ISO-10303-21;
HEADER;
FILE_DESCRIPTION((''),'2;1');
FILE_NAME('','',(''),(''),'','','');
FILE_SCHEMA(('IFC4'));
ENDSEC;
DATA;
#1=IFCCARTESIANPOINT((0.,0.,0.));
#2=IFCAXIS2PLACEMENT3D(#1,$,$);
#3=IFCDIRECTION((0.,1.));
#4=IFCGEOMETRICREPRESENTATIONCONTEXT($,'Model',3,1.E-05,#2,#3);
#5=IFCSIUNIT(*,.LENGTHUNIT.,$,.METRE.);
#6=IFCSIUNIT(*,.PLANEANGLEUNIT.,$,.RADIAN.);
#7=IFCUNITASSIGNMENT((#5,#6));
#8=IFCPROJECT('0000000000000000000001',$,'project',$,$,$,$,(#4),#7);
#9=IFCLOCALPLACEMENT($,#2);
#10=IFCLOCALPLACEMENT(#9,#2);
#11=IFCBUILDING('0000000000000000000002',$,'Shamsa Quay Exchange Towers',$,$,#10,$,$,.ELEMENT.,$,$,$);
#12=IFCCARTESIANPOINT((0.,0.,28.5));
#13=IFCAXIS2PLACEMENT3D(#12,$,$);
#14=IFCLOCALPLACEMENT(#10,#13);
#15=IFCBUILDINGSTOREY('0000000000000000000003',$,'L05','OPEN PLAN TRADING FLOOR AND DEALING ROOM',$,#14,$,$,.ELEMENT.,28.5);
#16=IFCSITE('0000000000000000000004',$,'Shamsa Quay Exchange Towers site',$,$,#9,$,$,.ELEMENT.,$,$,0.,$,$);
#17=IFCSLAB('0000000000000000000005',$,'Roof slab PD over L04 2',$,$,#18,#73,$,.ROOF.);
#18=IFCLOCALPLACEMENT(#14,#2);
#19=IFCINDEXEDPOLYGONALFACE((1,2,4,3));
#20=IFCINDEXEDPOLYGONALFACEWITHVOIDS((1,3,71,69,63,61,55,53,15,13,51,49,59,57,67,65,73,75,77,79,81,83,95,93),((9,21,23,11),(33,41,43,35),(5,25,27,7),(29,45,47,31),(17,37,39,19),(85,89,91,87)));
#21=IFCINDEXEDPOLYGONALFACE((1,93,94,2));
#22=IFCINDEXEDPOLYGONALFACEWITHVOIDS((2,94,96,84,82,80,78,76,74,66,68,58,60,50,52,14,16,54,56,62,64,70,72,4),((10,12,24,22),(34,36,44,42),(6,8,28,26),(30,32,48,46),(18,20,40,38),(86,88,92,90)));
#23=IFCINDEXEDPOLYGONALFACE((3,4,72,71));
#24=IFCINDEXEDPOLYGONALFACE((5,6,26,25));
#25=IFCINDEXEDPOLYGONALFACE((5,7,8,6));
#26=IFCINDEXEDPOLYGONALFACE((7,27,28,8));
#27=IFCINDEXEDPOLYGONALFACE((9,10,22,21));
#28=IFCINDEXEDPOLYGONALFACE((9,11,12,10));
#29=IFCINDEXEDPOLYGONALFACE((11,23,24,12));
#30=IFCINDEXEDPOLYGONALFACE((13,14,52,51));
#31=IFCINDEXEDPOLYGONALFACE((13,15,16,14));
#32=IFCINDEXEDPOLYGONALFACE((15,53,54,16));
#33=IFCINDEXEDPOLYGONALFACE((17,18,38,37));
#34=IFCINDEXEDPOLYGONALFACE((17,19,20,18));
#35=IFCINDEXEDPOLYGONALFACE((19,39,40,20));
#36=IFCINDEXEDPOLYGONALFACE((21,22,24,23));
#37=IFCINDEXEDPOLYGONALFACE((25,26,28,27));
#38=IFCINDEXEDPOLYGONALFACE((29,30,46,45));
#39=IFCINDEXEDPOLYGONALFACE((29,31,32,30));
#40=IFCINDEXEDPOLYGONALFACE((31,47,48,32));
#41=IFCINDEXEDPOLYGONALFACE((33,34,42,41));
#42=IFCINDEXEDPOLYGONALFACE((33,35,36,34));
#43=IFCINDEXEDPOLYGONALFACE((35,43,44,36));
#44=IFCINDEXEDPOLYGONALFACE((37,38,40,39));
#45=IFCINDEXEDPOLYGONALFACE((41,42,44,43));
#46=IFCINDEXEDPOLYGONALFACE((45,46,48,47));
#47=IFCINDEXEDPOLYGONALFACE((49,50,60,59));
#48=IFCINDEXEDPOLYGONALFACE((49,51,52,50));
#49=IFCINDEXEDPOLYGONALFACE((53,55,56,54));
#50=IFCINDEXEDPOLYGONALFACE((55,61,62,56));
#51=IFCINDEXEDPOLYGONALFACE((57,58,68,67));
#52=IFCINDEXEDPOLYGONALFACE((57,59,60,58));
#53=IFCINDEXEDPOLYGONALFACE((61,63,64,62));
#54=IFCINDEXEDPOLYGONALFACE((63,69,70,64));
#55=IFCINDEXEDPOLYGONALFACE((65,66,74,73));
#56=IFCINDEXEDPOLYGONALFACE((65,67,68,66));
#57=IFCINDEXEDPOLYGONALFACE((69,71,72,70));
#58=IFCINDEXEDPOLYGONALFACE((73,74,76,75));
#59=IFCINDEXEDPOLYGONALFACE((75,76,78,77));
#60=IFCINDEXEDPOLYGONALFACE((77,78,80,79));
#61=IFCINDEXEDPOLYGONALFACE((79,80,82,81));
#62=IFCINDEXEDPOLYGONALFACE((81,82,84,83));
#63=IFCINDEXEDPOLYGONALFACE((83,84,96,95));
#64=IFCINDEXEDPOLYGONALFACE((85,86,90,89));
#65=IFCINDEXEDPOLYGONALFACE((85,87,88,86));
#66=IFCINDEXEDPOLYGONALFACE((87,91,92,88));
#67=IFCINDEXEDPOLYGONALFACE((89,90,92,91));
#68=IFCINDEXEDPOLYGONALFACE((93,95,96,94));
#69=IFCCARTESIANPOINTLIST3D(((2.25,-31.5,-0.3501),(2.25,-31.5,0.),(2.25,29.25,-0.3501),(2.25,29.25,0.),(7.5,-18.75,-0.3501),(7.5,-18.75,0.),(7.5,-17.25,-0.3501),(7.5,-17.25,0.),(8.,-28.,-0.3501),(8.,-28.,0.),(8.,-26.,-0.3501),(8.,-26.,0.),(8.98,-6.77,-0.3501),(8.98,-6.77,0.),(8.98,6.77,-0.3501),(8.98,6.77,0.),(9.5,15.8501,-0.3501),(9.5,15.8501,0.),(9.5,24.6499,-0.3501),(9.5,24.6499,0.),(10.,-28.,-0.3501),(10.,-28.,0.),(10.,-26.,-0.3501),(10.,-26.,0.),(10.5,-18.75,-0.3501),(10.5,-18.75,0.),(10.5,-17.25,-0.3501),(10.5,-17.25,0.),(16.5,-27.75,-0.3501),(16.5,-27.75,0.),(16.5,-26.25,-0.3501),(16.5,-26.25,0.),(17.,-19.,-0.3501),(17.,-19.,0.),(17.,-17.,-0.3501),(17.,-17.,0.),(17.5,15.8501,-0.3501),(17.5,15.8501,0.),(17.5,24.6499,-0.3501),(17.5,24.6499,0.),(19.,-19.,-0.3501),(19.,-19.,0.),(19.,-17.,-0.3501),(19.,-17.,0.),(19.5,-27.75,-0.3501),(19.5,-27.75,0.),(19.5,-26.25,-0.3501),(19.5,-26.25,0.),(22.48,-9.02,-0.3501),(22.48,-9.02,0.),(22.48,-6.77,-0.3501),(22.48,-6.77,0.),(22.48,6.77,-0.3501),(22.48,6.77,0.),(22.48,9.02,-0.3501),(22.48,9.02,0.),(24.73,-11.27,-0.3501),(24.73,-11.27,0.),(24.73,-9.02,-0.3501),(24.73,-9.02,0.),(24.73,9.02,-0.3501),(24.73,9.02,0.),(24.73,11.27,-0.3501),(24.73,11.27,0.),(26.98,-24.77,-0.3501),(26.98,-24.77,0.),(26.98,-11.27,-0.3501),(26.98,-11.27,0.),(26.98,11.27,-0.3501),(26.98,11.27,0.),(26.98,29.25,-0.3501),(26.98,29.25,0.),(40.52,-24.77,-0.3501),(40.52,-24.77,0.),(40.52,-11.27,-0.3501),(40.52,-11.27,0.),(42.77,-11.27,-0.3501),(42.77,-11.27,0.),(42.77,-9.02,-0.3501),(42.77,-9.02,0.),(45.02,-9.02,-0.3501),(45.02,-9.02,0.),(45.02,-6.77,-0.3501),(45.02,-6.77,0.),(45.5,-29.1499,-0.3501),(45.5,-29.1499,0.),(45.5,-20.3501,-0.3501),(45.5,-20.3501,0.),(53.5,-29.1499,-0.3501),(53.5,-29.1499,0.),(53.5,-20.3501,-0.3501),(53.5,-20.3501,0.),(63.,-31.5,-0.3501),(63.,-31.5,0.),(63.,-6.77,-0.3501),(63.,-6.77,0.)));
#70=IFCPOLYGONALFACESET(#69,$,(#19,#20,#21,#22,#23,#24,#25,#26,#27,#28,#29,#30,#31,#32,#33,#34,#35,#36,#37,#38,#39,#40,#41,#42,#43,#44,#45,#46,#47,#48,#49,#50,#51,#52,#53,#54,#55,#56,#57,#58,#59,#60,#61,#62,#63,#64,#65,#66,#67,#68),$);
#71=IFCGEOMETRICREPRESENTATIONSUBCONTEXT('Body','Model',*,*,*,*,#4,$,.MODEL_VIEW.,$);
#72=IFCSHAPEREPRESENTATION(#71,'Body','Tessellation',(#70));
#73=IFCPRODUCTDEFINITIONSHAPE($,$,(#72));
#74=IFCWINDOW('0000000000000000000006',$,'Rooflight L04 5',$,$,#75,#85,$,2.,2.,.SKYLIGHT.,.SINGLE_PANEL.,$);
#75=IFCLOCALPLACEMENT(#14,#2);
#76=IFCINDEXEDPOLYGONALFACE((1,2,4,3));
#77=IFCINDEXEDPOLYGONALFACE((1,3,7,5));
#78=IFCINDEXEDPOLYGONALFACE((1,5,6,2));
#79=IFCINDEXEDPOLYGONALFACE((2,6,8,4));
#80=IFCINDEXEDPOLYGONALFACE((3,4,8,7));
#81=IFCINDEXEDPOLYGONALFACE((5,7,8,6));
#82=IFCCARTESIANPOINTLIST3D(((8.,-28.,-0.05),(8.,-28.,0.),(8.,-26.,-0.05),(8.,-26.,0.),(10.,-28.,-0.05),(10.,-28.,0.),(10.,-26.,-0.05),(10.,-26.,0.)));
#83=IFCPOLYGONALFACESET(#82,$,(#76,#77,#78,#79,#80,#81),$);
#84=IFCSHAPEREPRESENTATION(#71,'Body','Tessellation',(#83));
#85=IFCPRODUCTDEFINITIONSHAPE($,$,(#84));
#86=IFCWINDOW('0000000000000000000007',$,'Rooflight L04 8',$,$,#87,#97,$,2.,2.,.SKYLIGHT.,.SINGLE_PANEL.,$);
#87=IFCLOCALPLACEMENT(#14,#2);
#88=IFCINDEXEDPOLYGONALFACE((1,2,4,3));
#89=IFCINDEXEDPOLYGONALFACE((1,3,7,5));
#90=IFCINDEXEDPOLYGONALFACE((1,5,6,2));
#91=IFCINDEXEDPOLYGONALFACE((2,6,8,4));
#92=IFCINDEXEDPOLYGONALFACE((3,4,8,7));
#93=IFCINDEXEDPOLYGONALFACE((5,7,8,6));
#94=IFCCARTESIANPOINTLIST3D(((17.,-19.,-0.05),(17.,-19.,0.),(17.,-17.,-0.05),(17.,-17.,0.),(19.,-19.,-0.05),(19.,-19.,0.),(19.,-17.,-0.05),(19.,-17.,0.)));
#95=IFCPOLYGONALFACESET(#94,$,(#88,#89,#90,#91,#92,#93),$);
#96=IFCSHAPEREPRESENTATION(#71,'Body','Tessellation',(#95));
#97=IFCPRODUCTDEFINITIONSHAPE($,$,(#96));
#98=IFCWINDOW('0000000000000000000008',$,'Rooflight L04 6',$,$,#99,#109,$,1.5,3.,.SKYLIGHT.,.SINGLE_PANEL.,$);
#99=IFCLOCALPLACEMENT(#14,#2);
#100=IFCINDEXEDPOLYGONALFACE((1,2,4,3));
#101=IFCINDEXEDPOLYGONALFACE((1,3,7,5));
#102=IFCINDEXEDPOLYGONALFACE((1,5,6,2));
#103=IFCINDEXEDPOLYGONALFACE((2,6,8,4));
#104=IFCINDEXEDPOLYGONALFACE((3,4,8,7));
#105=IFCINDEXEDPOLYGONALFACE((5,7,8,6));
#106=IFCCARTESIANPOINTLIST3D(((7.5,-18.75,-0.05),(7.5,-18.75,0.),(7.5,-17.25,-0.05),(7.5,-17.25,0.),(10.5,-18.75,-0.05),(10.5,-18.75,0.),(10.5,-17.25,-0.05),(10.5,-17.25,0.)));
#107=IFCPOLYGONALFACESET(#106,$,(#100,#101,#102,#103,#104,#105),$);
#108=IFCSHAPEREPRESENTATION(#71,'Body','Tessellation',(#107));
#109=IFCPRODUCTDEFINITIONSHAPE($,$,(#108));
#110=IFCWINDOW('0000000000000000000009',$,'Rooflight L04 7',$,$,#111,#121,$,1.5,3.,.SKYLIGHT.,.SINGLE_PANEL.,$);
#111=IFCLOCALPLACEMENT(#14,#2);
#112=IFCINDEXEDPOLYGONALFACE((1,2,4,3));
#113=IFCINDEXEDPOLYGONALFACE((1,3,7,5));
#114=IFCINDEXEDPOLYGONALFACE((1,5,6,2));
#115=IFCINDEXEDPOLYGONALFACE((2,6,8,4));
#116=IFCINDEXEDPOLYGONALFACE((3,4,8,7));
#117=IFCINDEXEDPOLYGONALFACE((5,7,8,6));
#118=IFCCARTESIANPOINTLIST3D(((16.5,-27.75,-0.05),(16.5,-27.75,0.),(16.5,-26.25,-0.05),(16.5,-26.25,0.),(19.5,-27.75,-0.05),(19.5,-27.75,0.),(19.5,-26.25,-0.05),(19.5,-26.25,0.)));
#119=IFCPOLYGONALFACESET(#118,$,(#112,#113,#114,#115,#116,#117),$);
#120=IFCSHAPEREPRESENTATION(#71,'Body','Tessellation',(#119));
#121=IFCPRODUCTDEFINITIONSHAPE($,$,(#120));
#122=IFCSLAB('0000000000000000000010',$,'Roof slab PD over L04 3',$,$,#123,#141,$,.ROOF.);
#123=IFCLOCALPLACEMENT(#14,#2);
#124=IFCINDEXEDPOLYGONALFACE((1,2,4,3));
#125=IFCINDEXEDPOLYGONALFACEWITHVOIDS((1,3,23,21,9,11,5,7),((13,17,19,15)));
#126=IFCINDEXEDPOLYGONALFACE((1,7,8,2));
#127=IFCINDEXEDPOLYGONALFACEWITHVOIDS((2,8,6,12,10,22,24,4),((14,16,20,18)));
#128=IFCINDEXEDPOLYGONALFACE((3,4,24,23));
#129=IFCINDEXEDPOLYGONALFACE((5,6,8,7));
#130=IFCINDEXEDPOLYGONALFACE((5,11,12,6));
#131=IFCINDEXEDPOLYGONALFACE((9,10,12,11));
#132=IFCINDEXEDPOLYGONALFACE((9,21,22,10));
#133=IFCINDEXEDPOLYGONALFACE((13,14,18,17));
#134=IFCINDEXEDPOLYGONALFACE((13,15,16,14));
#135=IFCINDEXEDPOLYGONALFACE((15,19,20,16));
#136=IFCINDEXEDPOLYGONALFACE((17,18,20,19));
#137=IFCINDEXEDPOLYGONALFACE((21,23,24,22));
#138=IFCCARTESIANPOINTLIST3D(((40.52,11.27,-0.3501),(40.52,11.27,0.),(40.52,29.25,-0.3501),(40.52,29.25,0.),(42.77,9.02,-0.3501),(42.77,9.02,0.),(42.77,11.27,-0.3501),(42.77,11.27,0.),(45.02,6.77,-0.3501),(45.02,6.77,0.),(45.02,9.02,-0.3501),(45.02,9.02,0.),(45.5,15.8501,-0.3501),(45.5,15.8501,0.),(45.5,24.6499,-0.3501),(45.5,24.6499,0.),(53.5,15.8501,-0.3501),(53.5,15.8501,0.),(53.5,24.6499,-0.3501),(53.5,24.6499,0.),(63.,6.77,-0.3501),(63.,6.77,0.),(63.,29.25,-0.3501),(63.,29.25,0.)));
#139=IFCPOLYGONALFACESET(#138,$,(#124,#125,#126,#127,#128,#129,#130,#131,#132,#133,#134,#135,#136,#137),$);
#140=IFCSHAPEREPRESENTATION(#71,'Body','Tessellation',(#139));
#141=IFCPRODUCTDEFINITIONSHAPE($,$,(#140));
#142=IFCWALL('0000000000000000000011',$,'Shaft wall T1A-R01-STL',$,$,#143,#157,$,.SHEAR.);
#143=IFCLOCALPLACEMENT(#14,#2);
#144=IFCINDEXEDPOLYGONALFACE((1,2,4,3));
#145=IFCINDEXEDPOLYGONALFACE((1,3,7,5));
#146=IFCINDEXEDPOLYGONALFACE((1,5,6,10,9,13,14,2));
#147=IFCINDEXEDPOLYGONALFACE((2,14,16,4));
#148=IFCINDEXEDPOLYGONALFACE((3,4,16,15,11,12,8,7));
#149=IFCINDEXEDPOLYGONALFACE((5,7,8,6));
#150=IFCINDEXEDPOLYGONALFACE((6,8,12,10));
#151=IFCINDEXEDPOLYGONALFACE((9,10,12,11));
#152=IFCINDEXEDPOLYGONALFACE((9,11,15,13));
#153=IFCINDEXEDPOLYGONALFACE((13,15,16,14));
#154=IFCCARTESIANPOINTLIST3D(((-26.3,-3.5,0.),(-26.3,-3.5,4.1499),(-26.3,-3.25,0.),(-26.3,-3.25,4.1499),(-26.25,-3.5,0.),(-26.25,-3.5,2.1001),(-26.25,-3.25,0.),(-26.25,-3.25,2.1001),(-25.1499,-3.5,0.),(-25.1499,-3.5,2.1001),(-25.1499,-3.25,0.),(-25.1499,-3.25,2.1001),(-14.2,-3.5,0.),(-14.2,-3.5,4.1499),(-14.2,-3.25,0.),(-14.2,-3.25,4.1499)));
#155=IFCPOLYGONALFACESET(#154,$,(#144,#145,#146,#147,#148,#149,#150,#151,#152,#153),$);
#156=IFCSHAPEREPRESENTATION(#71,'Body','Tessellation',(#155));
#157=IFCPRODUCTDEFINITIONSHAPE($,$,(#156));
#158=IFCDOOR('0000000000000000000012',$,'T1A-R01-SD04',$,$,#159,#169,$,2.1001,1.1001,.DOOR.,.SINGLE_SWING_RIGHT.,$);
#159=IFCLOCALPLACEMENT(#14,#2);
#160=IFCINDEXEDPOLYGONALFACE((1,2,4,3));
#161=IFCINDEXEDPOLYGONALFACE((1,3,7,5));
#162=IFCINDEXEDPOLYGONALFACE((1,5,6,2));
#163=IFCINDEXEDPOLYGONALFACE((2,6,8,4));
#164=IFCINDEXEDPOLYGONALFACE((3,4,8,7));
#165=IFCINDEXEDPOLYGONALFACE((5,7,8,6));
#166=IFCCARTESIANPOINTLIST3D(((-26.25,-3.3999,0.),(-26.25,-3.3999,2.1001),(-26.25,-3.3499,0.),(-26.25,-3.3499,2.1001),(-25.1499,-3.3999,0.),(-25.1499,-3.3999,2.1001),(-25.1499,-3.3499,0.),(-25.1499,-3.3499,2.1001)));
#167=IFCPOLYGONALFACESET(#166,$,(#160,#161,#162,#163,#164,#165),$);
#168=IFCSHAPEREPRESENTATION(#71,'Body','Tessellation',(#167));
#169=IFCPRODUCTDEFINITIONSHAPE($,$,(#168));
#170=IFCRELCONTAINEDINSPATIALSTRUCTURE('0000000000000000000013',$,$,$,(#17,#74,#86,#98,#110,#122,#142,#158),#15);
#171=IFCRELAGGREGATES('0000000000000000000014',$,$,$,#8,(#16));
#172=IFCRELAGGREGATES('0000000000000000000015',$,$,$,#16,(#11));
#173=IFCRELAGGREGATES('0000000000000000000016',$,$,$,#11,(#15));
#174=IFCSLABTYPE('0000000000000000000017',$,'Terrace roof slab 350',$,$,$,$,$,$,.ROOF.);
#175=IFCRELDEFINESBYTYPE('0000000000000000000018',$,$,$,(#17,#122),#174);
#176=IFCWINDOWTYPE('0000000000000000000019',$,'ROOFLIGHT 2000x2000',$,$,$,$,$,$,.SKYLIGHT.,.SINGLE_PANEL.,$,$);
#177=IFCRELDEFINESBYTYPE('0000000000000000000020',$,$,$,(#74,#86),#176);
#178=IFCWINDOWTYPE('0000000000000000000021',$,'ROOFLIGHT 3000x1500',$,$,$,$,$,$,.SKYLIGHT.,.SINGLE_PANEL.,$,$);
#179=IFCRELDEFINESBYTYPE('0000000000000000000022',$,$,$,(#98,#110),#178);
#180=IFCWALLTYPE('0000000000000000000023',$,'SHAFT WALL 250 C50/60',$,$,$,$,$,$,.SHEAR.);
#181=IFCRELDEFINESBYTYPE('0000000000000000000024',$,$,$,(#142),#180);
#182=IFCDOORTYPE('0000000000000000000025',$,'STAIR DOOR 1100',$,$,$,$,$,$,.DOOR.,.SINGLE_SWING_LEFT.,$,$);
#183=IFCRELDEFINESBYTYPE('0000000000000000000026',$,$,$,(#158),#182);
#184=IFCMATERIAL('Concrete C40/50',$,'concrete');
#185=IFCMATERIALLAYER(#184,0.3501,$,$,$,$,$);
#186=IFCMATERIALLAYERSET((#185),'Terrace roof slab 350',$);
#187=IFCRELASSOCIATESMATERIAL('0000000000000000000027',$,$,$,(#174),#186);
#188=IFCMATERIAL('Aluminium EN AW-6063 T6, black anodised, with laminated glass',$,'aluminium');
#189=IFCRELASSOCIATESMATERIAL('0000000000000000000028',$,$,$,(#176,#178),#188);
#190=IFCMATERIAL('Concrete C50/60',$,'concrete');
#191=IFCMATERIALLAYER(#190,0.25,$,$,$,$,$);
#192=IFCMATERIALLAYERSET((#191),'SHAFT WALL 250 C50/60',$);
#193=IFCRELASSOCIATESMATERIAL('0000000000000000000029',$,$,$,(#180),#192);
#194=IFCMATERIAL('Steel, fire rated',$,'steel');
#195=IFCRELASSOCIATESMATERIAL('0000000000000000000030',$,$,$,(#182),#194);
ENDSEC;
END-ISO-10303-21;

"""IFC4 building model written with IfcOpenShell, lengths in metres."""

from ifc_helpers import new_model, si_unit, direction, frame, frame_2d, origin, origin_2d, place, context, subcontext, project, spatial, polyline, rectangle, outline, extrude, material, layer, layer_set, type_object, element, fill, save


model = new_model("IFC4")

# Units and contexts
model_context = context("Model", 3, precision=1e-05, world=origin(), true_north=direction((0.0, 1.0)))
body_context = subcontext(model_context, "Body", "Model", "MODEL_VIEW")
ifc_project = project(units=[si_unit("LENGTHUNIT", "METRE"), si_unit("PLANEANGLEUNIT", "RADIAN")], contexts=[model_context])

# Site, building, storey
site_placement = place(None, origin())
site = spatial("IfcSite", under=ifc_project, at=site_placement, Name="Shamsa Quay Exchange Towers site", CompositionType="ELEMENT", RefElevation=0.0)
building_placement = place(site_placement, origin())
building = spatial("IfcBuilding", under=site, at=building_placement, Name="Shamsa Quay Exchange Towers", CompositionType="ELEMENT")
storey_placement = place(building_placement, frame((0.0, 0.0, 28.5)))
storey = spatial("IfcBuildingStorey", under=building, at=storey_placement, Name="L05", Description="OPEN PLAN TRADING FLOOR AND DEALING ROOM", CompositionType="ELEMENT", Elevation=28.5)

# Shared definitions
ifc_material_1 = material(Name="Concrete C40/50", Category="concrete")

# Slab, openings, windows
ifc_layer_1 = layer(ifc_material_1, 0.3501)
ifc_layer_set_1 = layer_set([ifc_layer_1], Name="Terrace roof slab 350")
slab_type_1 = type_object("IfcSlabType", Name="Terrace roof slab 350", PredefinedType="ROOF", material=ifc_layer_set_1)
ifc_material_2 = material(Name="Aluminium EN AW-6063 T6, black anodised, with laminated glass", Category="aluminium")
window_type_1 = type_object("IfcWindowType", Name="ROOFLIGHT 2000x2000", PartitioningType="SINGLE_PANEL", PredefinedType="SKYLIGHT", material=ifc_material_2)
window_type_2 = type_object("IfcWindowType", Name="ROOFLIGHT 3000x1500", PartitioningType="SINGLE_PANEL", PredefinedType="SKYLIGHT", material=ifc_material_2)
slab_1_placement = place(storey_placement, frame((0.0, 0.0, -0.3501)))
slab_1 = element("IfcSlab", 1, at=slab_1_placement, inside=storey, type_object=slab_type_1, Name="Roof slab PD over L04 2", PredefinedType="ROOF", context=body_context, shape_type="SweptSolid", body=[
    extrude(outline(polyline([(26.98, 29.25), (2.25, 29.25), (2.25, -31.5), (63.0, -31.5), (63.0, -6.77), (45.02, -6.77), (45.02, -9.02), (42.77, -9.02), (42.77, -11.27), (40.52, -11.27), (40.52, -24.77), (26.98, -24.77), (26.98, -11.27), (24.73, -11.27), (24.73, -9.02), (22.48, -9.02), (22.48, -6.77), (8.98, -6.77), (8.98, 6.77), (22.48, 6.77), (22.48, 9.02), (24.73, 9.02), (24.73, 11.27), (26.98, 11.27), (26.98, 29.25)]), holes=[polyline([(45.5, -29.1499), (53.5, -29.1499), (53.5, -20.3501), (45.5, -20.3501), (45.5, -29.1499)]), polyline([(9.5, 15.8501), (17.5, 15.8501), (17.5, 24.6499), (9.5, 24.6499), (9.5, 15.8501)])]), origin(), (0.0, 0.0, 1.0), 0.3501),
])
opening_1_placement = place(slab_1_placement, frame((9.0, -27.0, 0.0)))
opening_1 = element("IfcOpeningElement", 2, at=opening_1_placement, cuts=slab_1, PredefinedType="OPENING", context=body_context, shape_type="SweptSolid", body=[
    extrude(rectangle(XDim=2.0, YDim=2.0, at=origin_2d()), origin(), (0.0, 0.0, 1.0), 0.3501),
])
opening_2_placement = place(slab_1_placement, frame((9.0, -18.0, 0.0)))
opening_2 = element("IfcOpeningElement", 3, at=opening_2_placement, cuts=slab_1, PredefinedType="OPENING", context=body_context, shape_type="SweptSolid", body=[
    extrude(rectangle(XDim=3.0, YDim=1.5, at=origin_2d()), origin(), (0.0, 0.0, 1.0), 0.3501),
])
opening_3_placement = place(slab_1_placement, frame((18.0, -27.0, 0.0)))
opening_3 = element("IfcOpeningElement", 4, at=opening_3_placement, cuts=slab_1, PredefinedType="OPENING", context=body_context, shape_type="SweptSolid", body=[
    extrude(rectangle(XDim=3.0, YDim=1.5, at=origin_2d()), origin(), (0.0, 0.0, 1.0), 0.3501),
])
opening_4_placement = place(slab_1_placement, frame((18.0, -18.0, 0.0)))
opening_4 = element("IfcOpeningElement", 5, at=opening_4_placement, cuts=slab_1, PredefinedType="OPENING", context=body_context, shape_type="SweptSolid", body=[
    extrude(rectangle(XDim=2.0, YDim=2.0, at=origin_2d()), origin(), (0.0, 0.0, 1.0), 0.3501),
])
window_1_placement = place(opening_1_placement, frame((0.0, 0.0, 0.3)))
window_1 = element("IfcWindow", 6, at=window_1_placement, inside=storey, type_object=window_type_1, Name="Rooflight L04 5", OverallHeight=2.0, OverallWidth=2.0, PartitioningType="SINGLE_PANEL", PredefinedType="SKYLIGHT", context=body_context, shape_type="SweptSolid", body=[
    extrude(rectangle(XDim=2.0, YDim=2.0, at=origin_2d()), origin(), (0.0, 0.0, 1.0), 0.05),
])
fill(opening_1, window_1)
window_2_placement = place(opening_4_placement, frame((0.0, 0.0, 0.3)))
window_2 = element("IfcWindow", 7, at=window_2_placement, inside=storey, type_object=window_type_1, Name="Rooflight L04 8", OverallHeight=2.0, OverallWidth=2.0, PartitioningType="SINGLE_PANEL", PredefinedType="SKYLIGHT", context=body_context, shape_type="SweptSolid", body=[
    extrude(rectangle(XDim=2.0, YDim=2.0, at=origin_2d()), origin(), (0.0, 0.0, 1.0), 0.05),
])
fill(opening_4, window_2)
window_3_placement = place(opening_2_placement, frame((0.0, 0.0, 0.3)))
window_3 = element("IfcWindow", 8, at=window_3_placement, inside=storey, type_object=window_type_2, Name="Rooflight L04 6", OverallHeight=1.5, OverallWidth=3.0, PartitioningType="SINGLE_PANEL", PredefinedType="SKYLIGHT", context=body_context, shape_type="SweptSolid", body=[
    extrude(rectangle(XDim=3.0, YDim=1.5, at=origin_2d()), origin(), (0.0, 0.0, 1.0), 0.05),
])
fill(opening_2, window_3)
window_4_placement = place(opening_3_placement, frame((0.0, 0.0, 0.3)))
window_4 = element("IfcWindow", 9, at=window_4_placement, inside=storey, type_object=window_type_2, Name="Rooflight L04 7", OverallHeight=1.5, OverallWidth=3.0, PartitioningType="SINGLE_PANEL", PredefinedType="SKYLIGHT", context=body_context, shape_type="SweptSolid", body=[
    extrude(rectangle(XDim=3.0, YDim=1.5, at=origin_2d()), origin(), (0.0, 0.0, 1.0), 0.05),
])
fill(opening_3, window_4)

# Slab
slab_2_placement = place(storey_placement, frame((0.0, 0.0, -0.3501)))
element("IfcSlab", 10, at=slab_2_placement, inside=storey, type_object=slab_type_1, Name="Roof slab PD over L04 3", PredefinedType="ROOF", context=body_context, shape_type="SweptSolid", body=[
    extrude(outline(polyline([(45.02, 6.77), (63.0, 6.77), (63.0, 29.25), (40.52, 29.25), (40.52, 11.27), (42.77, 11.27), (42.77, 9.02), (45.02, 9.02), (45.02, 6.77)]), holes=[polyline([(45.5, 15.8501), (53.5, 15.8501), (53.5, 24.6499), (45.5, 24.6499), (45.5, 15.8501)])]), origin(), (0.0, 0.0, 1.0), 0.3501),
])

# Wall, opening, door
ifc_material_3 = material(Name="Concrete C50/60", Category="concrete")
ifc_layer_2 = layer(ifc_material_3, 0.25)
ifc_layer_set_2 = layer_set([ifc_layer_2], Name="SHAFT WALL 250 C50/60")
wall_type = type_object("IfcWallType", Name="SHAFT WALL 250 C50/60", PredefinedType="SHEAR", material=ifc_layer_set_2)
wall_1_placement = place(storey_placement, frame((-14.2, -3.375, 0.0), z_axis=(0.0, 0.0, 1.0), x_axis=(-1.0, 0.0, 0.0)))
wall_1 = element("IfcWall", 11, at=wall_1_placement, inside=storey, type_object=wall_type, Name="Shaft wall T1A-R01-STL", PredefinedType="SHEAR", context=body_context, shape_type="SweptSolid", body=[
    extrude(rectangle(XDim=12.1001, YDim=0.25, at=frame_2d((6.05, 0.0))), origin(), (0.0, 0.0, 1.0), 4.1499),
])
opening_5_placement = place(wall_1_placement, frame((10.95, 0.0, 0.0)))
opening_5 = element("IfcOpeningElement", 12, at=opening_5_placement, cuts=wall_1, PredefinedType="OPENING", context=body_context, shape_type="SweptSolid", body=[
    extrude(rectangle(XDim=1.1001, YDim=2.1001, at=frame_2d((0.55, 1.05))), frame((0.0, 0.135, 0.0), z_axis=(0.0, -1.0, 0.0), x_axis=(1.0, 0.0, 0.0)), (0.0, 0.0, 1.0), 0.27),
])
ifc_material_4 = material(Name="Steel, fire rated", Category="steel")
door_type_1 = type_object("IfcDoorType", Name="STAIR DOOR 1100", OperationType="SINGLE_SWING_LEFT", PredefinedType="DOOR", material=ifc_material_4)
door_1_placement = place(opening_5_placement, origin())
door_1 = element("IfcDoor", 13, at=door_1_placement, inside=storey, type_object=door_type_1, Name="T1A-R01-SD04", OperationType="SINGLE_SWING_RIGHT", OverallHeight=2.1001, OverallWidth=1.1001, PredefinedType="DOOR", context=body_context, shape_type="SweptSolid", body=[
    extrude(rectangle(XDim=1.1001, YDim=2.1001, at=frame_2d((0.55, 1.05))), frame((0.0, 0.0249, 0.0), z_axis=(0.0, -1.0, 0.0), x_axis=(1.0, 0.0, 0.0)), (0.0, 0.0, 1.0), 0.05),
])
fill(opening_5, door_1)

save(model, "model.ifc")
